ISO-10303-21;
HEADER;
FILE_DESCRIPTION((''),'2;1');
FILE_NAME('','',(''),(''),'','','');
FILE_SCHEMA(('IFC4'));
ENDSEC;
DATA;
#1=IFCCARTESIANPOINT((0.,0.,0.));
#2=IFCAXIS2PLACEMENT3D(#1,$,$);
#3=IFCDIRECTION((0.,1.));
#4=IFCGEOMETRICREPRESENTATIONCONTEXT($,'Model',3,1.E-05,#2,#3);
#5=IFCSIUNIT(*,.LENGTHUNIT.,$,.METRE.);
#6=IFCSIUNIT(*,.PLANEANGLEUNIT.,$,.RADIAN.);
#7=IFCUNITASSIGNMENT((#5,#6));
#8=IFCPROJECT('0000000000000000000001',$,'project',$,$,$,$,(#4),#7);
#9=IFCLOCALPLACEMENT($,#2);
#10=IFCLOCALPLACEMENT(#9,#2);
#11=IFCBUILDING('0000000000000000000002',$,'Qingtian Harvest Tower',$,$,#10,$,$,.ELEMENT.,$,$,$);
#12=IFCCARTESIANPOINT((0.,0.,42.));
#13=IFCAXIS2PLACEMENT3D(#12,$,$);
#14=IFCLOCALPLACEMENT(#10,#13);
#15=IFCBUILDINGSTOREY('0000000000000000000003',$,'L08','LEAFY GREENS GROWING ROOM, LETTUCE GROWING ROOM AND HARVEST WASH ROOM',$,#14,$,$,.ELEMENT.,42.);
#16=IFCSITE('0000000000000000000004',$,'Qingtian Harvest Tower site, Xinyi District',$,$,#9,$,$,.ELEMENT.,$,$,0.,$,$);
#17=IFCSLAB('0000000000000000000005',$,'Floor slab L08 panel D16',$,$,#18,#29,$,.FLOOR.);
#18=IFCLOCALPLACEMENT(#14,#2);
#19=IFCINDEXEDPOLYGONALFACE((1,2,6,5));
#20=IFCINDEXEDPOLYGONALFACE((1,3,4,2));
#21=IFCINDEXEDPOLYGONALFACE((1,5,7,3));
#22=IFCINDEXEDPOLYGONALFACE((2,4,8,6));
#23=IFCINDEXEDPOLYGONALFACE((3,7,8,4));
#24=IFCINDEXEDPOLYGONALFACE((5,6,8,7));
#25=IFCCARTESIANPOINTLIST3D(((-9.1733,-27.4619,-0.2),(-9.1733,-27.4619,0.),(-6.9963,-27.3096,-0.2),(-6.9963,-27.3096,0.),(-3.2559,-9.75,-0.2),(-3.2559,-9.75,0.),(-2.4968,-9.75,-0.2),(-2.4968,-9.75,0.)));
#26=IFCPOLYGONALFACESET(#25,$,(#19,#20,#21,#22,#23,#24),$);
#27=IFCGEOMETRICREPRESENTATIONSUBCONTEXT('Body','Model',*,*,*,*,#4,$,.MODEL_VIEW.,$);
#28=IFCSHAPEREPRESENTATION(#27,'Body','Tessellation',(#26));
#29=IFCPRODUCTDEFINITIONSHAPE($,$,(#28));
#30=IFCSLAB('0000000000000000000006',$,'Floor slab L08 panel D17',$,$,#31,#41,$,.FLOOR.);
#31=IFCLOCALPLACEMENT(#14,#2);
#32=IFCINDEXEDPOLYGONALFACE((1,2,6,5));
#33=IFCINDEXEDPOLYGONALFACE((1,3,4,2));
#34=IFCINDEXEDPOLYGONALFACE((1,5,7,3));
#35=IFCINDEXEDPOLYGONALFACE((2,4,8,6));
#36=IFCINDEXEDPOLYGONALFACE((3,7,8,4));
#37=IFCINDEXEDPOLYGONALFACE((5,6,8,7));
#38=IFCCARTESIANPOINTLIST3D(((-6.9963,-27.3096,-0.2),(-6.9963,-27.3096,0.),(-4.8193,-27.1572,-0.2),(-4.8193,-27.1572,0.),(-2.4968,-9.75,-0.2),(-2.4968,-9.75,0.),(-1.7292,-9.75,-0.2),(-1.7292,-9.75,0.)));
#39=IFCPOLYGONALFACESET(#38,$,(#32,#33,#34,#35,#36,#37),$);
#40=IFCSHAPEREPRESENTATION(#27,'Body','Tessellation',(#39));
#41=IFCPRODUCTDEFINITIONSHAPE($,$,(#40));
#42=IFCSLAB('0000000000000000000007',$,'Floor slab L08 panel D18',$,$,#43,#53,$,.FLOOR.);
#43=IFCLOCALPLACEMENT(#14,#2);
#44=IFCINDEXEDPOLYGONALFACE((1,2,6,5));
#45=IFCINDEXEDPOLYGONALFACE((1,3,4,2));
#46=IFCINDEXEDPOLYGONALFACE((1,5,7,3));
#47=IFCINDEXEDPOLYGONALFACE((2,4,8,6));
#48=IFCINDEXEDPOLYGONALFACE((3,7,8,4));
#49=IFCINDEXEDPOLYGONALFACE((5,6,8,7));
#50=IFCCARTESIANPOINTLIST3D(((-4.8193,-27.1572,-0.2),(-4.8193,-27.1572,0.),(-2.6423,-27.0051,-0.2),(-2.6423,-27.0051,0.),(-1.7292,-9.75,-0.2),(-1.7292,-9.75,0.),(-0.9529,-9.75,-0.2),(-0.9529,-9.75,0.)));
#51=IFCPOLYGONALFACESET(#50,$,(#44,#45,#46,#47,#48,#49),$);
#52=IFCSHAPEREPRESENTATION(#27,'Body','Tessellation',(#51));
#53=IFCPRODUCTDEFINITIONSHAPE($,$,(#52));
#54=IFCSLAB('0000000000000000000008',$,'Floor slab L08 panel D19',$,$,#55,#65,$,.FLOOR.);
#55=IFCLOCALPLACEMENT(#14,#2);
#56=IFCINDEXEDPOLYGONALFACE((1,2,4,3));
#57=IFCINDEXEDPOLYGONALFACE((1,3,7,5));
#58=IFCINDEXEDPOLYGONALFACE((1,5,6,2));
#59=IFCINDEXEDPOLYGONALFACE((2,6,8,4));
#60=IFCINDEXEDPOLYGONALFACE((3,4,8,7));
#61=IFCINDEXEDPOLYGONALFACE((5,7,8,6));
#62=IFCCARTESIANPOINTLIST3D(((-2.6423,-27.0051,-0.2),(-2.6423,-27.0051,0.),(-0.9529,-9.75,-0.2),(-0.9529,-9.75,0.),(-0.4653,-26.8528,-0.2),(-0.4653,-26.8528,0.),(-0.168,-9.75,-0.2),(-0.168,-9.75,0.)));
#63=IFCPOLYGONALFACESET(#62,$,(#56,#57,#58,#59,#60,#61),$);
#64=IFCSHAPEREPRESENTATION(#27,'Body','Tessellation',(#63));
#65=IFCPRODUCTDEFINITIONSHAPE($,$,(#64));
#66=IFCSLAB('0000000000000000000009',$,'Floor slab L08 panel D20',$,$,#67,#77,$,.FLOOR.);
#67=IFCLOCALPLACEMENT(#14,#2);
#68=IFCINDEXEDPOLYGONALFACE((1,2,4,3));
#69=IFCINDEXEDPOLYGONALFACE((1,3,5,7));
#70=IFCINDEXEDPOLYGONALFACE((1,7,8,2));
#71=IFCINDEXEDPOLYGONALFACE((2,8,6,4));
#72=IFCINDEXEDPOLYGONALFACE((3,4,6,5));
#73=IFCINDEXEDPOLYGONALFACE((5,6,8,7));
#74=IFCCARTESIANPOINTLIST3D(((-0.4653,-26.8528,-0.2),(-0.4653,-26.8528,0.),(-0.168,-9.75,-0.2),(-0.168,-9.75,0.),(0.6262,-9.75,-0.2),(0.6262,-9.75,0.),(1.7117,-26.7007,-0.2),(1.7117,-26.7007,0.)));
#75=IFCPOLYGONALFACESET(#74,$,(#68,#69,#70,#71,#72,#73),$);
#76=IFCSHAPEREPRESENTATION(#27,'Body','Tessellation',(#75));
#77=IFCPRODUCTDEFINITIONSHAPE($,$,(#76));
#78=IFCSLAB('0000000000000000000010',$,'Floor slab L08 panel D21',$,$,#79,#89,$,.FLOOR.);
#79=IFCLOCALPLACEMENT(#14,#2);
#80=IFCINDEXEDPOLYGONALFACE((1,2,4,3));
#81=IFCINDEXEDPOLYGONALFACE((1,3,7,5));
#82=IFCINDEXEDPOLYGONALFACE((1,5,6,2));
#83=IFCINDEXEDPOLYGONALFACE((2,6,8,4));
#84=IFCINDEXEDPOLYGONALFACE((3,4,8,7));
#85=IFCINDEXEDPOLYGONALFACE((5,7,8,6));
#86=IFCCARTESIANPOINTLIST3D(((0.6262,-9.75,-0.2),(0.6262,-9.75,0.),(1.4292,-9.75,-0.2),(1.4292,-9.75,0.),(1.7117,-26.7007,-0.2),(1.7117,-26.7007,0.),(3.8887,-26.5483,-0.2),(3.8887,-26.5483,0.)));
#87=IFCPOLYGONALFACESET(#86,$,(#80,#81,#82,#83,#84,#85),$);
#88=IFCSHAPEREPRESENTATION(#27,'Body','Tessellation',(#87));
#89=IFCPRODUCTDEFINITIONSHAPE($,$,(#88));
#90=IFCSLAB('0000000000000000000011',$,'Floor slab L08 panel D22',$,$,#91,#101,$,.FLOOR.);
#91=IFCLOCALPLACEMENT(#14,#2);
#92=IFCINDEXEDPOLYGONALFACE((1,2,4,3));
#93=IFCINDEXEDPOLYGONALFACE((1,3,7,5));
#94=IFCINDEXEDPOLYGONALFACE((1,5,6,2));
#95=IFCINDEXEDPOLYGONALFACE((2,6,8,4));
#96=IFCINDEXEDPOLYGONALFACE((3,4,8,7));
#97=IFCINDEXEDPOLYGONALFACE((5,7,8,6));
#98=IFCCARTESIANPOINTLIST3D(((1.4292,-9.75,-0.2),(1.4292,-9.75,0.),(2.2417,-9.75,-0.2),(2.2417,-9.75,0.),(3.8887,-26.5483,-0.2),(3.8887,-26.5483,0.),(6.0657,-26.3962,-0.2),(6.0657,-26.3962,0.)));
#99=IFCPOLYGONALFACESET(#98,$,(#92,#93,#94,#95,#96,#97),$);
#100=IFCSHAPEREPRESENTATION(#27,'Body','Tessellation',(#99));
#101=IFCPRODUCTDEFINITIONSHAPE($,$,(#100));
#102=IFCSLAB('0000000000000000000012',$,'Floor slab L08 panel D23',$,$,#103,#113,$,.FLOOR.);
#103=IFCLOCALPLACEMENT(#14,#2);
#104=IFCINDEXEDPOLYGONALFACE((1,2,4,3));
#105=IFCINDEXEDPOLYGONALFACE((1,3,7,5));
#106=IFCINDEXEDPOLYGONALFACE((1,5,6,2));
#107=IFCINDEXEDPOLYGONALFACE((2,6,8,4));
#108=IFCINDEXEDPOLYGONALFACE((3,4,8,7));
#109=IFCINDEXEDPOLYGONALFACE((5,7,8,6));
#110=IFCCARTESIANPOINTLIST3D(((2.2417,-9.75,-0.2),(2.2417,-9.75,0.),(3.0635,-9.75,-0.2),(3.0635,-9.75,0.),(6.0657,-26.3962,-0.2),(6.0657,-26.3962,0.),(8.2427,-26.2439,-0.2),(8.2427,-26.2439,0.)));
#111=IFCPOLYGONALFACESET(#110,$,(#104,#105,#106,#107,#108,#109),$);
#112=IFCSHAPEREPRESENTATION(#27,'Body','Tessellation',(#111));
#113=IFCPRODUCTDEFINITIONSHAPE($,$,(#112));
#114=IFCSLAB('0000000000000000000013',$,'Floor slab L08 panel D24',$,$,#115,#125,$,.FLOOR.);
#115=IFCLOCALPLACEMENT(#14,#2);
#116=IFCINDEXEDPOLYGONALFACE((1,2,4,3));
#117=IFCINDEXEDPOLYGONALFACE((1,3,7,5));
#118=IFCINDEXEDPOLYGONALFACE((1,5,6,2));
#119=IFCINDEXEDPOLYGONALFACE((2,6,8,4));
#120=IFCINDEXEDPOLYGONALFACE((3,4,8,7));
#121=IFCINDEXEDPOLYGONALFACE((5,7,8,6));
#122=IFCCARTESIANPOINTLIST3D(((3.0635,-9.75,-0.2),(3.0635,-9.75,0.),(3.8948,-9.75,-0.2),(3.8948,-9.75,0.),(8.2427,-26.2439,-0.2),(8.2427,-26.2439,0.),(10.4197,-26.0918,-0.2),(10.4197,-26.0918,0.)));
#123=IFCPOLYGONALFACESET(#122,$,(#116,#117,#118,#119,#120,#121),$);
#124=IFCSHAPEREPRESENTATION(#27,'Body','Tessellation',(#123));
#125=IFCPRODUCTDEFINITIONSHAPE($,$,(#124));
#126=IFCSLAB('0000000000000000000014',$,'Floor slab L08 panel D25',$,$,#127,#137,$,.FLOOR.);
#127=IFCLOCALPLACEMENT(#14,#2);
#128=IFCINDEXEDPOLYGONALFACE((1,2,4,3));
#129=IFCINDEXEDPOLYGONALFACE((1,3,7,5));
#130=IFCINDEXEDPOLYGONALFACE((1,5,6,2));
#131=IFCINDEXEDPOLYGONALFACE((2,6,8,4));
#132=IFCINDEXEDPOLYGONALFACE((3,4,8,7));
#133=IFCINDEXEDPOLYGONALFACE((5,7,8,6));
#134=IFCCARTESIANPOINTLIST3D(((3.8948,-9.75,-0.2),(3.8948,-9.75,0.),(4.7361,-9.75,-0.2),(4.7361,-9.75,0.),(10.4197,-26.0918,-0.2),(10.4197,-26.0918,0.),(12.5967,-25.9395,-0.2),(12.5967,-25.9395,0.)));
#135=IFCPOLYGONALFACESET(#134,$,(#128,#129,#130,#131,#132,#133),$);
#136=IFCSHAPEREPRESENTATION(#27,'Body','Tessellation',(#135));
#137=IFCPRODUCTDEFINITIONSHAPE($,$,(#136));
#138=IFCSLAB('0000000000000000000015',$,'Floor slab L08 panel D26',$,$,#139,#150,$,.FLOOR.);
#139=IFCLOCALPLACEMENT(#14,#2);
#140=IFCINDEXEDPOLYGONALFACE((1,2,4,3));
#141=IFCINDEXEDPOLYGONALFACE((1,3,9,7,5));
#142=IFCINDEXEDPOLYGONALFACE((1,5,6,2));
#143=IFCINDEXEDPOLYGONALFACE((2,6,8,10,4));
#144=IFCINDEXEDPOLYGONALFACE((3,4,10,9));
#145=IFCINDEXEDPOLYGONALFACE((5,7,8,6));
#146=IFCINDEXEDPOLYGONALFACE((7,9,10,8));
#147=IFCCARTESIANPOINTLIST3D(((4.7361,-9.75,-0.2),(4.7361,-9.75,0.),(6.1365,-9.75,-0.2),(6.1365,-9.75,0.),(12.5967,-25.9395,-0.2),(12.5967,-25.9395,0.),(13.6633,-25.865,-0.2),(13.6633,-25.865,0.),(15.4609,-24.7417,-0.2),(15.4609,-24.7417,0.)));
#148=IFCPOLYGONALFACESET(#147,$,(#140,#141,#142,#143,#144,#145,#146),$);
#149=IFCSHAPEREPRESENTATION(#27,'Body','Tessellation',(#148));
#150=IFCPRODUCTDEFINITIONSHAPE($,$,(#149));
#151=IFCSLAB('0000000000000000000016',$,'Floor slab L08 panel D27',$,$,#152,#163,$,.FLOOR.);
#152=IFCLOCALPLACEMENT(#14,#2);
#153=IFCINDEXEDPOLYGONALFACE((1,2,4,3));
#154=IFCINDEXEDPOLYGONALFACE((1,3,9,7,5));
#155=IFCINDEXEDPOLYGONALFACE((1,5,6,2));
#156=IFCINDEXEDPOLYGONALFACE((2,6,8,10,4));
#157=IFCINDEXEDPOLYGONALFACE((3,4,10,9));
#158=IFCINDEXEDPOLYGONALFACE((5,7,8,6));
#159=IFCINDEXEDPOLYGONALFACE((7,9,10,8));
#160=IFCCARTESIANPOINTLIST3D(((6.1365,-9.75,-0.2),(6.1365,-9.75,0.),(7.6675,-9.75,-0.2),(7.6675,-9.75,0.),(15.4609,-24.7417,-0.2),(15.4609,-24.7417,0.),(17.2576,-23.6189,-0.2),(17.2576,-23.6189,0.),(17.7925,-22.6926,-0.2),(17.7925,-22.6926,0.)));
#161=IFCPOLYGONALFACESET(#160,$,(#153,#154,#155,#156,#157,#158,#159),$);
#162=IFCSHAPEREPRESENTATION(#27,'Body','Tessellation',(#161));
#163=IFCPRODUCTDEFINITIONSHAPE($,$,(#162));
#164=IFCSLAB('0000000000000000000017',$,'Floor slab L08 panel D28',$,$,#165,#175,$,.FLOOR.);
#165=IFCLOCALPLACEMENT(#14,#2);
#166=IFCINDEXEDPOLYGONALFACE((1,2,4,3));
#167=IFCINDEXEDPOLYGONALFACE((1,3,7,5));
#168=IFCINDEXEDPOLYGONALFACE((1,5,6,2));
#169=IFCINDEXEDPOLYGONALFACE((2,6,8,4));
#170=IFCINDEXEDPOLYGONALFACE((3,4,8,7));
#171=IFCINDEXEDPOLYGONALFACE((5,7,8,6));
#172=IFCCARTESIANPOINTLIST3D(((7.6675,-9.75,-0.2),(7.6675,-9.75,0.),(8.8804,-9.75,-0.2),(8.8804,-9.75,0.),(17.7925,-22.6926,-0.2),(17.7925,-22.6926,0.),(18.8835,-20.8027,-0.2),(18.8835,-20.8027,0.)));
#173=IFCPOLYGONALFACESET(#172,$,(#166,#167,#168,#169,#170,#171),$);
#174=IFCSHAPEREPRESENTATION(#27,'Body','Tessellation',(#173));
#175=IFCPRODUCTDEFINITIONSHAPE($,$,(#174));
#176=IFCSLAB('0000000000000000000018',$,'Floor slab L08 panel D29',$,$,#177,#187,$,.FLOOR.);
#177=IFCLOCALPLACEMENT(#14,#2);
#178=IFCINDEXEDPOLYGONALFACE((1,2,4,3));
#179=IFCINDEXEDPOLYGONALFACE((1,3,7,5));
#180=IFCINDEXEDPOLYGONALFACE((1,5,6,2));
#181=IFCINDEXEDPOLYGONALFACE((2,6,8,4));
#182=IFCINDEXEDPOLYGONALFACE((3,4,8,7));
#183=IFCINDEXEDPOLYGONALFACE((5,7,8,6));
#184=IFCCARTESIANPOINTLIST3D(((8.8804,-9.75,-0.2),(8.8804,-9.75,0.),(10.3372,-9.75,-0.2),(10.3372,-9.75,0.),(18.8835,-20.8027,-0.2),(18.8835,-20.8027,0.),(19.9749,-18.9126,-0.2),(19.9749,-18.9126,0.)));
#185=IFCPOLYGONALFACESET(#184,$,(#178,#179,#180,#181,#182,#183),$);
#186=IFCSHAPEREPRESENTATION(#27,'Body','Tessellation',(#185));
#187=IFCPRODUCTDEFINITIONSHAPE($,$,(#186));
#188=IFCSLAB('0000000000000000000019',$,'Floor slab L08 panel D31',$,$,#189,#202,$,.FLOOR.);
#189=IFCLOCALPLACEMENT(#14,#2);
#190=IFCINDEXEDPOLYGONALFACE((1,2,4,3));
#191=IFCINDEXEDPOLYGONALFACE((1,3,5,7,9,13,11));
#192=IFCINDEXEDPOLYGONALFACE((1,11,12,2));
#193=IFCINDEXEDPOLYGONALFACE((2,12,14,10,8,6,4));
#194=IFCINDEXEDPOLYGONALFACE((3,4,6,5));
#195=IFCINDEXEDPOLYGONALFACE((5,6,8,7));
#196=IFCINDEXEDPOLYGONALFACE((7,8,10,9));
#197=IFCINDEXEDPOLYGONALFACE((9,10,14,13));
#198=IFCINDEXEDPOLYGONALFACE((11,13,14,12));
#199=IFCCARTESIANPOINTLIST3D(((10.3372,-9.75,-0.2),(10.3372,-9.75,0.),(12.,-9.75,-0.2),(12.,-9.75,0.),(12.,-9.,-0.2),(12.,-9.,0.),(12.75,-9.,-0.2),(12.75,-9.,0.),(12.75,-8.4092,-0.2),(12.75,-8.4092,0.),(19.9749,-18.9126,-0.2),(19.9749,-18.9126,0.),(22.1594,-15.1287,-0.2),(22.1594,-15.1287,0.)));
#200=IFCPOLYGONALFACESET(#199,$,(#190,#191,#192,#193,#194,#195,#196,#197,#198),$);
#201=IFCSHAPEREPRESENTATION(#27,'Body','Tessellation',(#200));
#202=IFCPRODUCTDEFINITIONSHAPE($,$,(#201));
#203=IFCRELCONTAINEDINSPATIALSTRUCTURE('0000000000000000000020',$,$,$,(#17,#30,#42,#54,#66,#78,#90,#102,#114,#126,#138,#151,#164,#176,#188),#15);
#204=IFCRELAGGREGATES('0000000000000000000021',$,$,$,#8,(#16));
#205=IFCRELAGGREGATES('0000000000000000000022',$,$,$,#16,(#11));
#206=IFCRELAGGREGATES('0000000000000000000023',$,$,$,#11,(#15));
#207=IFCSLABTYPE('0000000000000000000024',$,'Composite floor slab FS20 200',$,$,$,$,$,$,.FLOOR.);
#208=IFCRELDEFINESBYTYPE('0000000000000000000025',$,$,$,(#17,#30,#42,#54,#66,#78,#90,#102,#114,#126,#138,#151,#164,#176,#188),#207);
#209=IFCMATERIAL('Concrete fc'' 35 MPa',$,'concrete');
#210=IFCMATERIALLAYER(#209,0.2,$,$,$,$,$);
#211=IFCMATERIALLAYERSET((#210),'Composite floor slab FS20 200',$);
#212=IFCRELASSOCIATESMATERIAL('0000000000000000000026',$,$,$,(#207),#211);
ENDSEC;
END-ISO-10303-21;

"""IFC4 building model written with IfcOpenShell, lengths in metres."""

from ifc_helpers import new_model, si_unit, direction, frame, origin, place, context, subcontext, project, spatial, polyline, outline, extrude, material, layer, layer_set, type_object, element, save


model = new_model("IFC4")

# Units and contexts
model_context = context("Model", 3, precision=1e-05, world=origin(), true_north=direction((0.0, 1.0)))
body_context = subcontext(model_context, "Body", "Model", "MODEL_VIEW")
ifc_project = project(units=[si_unit("LENGTHUNIT", "METRE"), si_unit("PLANEANGLEUNIT", "RADIAN")], contexts=[model_context])

# Site, building, storey
site_placement = place(None, origin())
site = spatial("IfcSite", under=ifc_project, at=site_placement, Name="Qingtian Harvest Tower site, Xinyi District", CompositionType="ELEMENT", RefElevation=0.0)
building_placement = place(site_placement, origin())
building = spatial("IfcBuilding", under=site, at=building_placement, Name="Qingtian Harvest Tower", CompositionType="ELEMENT")
storey_placement = place(building_placement, frame((0.0, 0.0, 42.0)))
storey = spatial("IfcBuildingStorey", under=building, at=storey_placement, Name="L08", Description="LEAFY GREENS GROWING ROOM, LETTUCE GROWING ROOM AND HARVEST WASH ROOM", CompositionType="ELEMENT", Elevation=42.0)

# Slabs
ifc_material = material(Name="Concrete fc' 35 MPa", Category="concrete")
ifc_layer = layer(ifc_material, 0.2)
ifc_layer_set = layer_set([ifc_layer], Name="Composite floor slab FS20 200")
slab_type = type_object("IfcSlabType", Name="Composite floor slab FS20 200", PredefinedType="FLOOR", material=ifc_layer_set)
slab_1_placement = place(storey_placement, frame((0.0, 0.0, -0.2)))
element("IfcSlab", 1, at=slab_1_placement, inside=storey, type_object=slab_type, Name="Floor slab L08 panel D16", PredefinedType="FLOOR", context=body_context, shape_type="SweptSolid", body=[
    extrude(outline(polyline([(-2.4968, -9.75), (-6.9963, -27.3096), (-9.1733, -27.4619), (-3.2559, -9.75), (-2.4968, -9.75)])), origin(), (0.0, 0.0, 1.0), 0.2),
])
slab_2_placement = place(storey_placement, frame((0.0, 0.0, -0.2)))
element("IfcSlab", 2, at=slab_2_placement, inside=storey, type_object=slab_type, Name="Floor slab L08 panel D17", PredefinedType="FLOOR", context=body_context, shape_type="SweptSolid", body=[
    extrude(outline(polyline([(-1.7292, -9.75), (-4.8193, -27.1572), (-6.9963, -27.3096), (-2.4968, -9.75), (-1.7292, -9.75)])), origin(), (0.0, 0.0, 1.0), 0.2),
])
slab_3_placement = place(storey_placement, frame((0.0, 0.0, -0.2)))
element("IfcSlab", 3, at=slab_3_placement, inside=storey, type_object=slab_type, Name="Floor slab L08 panel D18", PredefinedType="FLOOR", context=body_context, shape_type="SweptSolid", body=[
    extrude(outline(polyline([(-0.9529, -9.75), (-2.6423, -27.0051), (-4.8193, -27.1572), (-1.7292, -9.75), (-0.9529, -9.75)])), origin(), (0.0, 0.0, 1.0), 0.2),
])
slab_4_placement = place(storey_placement, frame((0.0, 0.0, -0.2)))
element("IfcSlab", 4, at=slab_4_placement, inside=storey, type_object=slab_type, Name="Floor slab L08 panel D19", PredefinedType="FLOOR", context=body_context, shape_type="SweptSolid", body=[
    extrude(outline(polyline([(-0.168, -9.75), (-0.4653, -26.8528), (-2.6423, -27.0051), (-0.9529, -9.75), (-0.168, -9.75)])), origin(), (0.0, 0.0, 1.0), 0.2),
])
slab_5_placement = place(storey_placement, frame((0.0, 0.0, -0.2)))
element("IfcSlab", 5, at=slab_5_placement, inside=storey, type_object=slab_type, Name="Floor slab L08 panel D20", PredefinedType="FLOOR", context=body_context, shape_type="SweptSolid", body=[
    extrude(outline(polyline([(0.6262, -9.75), (1.7117, -26.7007), (-0.4653, -26.8528), (-0.168, -9.75), (0.6262, -9.75)])), origin(), (0.0, 0.0, 1.0), 0.2),
])
slab_6_placement = place(storey_placement, frame((0.0, 0.0, -0.2)))
element("IfcSlab", 6, at=slab_6_placement, inside=storey, type_object=slab_type, Name="Floor slab L08 panel D21", PredefinedType="FLOOR", context=body_context, shape_type="SweptSolid", body=[
    extrude(outline(polyline([(1.4292, -9.75), (3.8887, -26.5483), (1.7117, -26.7007), (0.6262, -9.75), (1.4292, -9.75)])), origin(), (0.0, 0.0, 1.0), 0.2),
])
slab_7_placement = place(storey_placement, frame((0.0, 0.0, -0.2)))
element("IfcSlab", 7, at=slab_7_placement, inside=storey, type_object=slab_type, Name="Floor slab L08 panel D22", PredefinedType="FLOOR", context=body_context, shape_type="SweptSolid", body=[
    extrude(outline(polyline([(2.2417, -9.75), (6.0657, -26.3962), (3.8887, -26.5483), (1.4292, -9.75), (2.2417, -9.75)])), origin(), (0.0, 0.0, 1.0), 0.2),
])
slab_8_placement = place(storey_placement, frame((0.0, 0.0, -0.2)))
element("IfcSlab", 8, at=slab_8_placement, inside=storey, type_object=slab_type, Name="Floor slab L08 panel D23", PredefinedType="FLOOR", context=body_context, shape_type="SweptSolid", body=[
    extrude(outline(polyline([(3.0635, -9.75), (8.2427, -26.2439), (6.0657, -26.3962), (2.2417, -9.75), (3.0635, -9.75)])), origin(), (0.0, 0.0, 1.0), 0.2),
])
slab_9_placement = place(storey_placement, frame((0.0, 0.0, -0.2)))
element("IfcSlab", 9, at=slab_9_placement, inside=storey, type_object=slab_type, Name="Floor slab L08 panel D24", PredefinedType="FLOOR", context=body_context, shape_type="SweptSolid", body=[
    extrude(outline(polyline([(3.8948, -9.75), (10.4197, -26.0918), (8.2427, -26.2439), (3.0635, -9.75), (3.8948, -9.75)])), origin(), (0.0, 0.0, 1.0), 0.2),
])
slab_10_placement = place(storey_placement, frame((0.0, 0.0, -0.2)))
element("IfcSlab", 10, at=slab_10_placement, inside=storey, type_object=slab_type, Name="Floor slab L08 panel D25", PredefinedType="FLOOR", context=body_context, shape_type="SweptSolid", body=[
    extrude(outline(polyline([(4.7361, -9.75), (12.5967, -25.9395), (10.4197, -26.0918), (3.8948, -9.75), (4.7361, -9.75)])), origin(), (0.0, 0.0, 1.0), 0.2),
])
slab_11_placement = place(storey_placement, frame((0.0, 0.0, -0.2)))
element("IfcSlab", 11, at=slab_11_placement, inside=storey, type_object=slab_type, Name="Floor slab L08 panel D26", PredefinedType="FLOOR", context=body_context, shape_type="SweptSolid", body=[
    extrude(outline(polyline([(4.7361, -9.75), (6.1365, -9.75), (15.4609, -24.7417), (13.6633, -25.865), (12.5967, -25.9395), (4.7361, -9.75)])), origin(), (0.0, 0.0, 1.0), 0.2),
])
slab_12_placement = place(storey_placement, frame((0.0, 0.0, -0.2)))
element("IfcSlab", 12, at=slab_12_placement, inside=storey, type_object=slab_type, Name="Floor slab L08 panel D27", PredefinedType="FLOOR", context=body_context, shape_type="SweptSolid", body=[
    extrude(outline(polyline([(6.1365, -9.75), (7.6675, -9.75), (17.7925, -22.6926), (17.2576, -23.6189), (15.4609, -24.7417), (6.1365, -9.75)])), origin(), (0.0, 0.0, 1.0), 0.2),
])
slab_13_placement = place(storey_placement, frame((0.0, 0.0, -0.2)))
element("IfcSlab", 13, at=slab_13_placement, inside=storey, type_object=slab_type, Name="Floor slab L08 panel D28", PredefinedType="FLOOR", context=body_context, shape_type="SweptSolid", body=[
    extrude(outline(polyline([(8.8804, -9.75), (18.8835, -20.8027), (17.7925, -22.6926), (7.6675, -9.75), (8.8804, -9.75)])), origin(), (0.0, 0.0, 1.0), 0.2),
])
slab_14_placement = place(storey_placement, frame((0.0, 0.0, -0.2)))
element("IfcSlab", 14, at=slab_14_placement, inside=storey, type_object=slab_type, Name="Floor slab L08 panel D29", PredefinedType="FLOOR", context=body_context, shape_type="SweptSolid", body=[
    extrude(outline(polyline([(10.3372, -9.75), (19.9749, -18.9126), (18.8835, -20.8027), (8.8804, -9.75), (10.3372, -9.75)])), origin(), (0.0, 0.0, 1.0), 0.2),
])
slab_15_placement = place(storey_placement, frame((0.0, 0.0, -0.2)))
element("IfcSlab", 15, at=slab_15_placement, inside=storey, type_object=slab_type, Name="Floor slab L08 panel D31", PredefinedType="FLOOR", context=body_context, shape_type="SweptSolid", body=[
    extrude(outline(polyline([(12.75, -8.4092), (22.1594, -15.1287), (19.9749, -18.9126), (10.3372, -9.75), (12.0, -9.75), (12.0, -9.0), (12.75, -9.0), (12.75, -8.4092)])), origin(), (0.0, 0.0, 1.0), 0.2),
])

save(model, "model.ifc")
